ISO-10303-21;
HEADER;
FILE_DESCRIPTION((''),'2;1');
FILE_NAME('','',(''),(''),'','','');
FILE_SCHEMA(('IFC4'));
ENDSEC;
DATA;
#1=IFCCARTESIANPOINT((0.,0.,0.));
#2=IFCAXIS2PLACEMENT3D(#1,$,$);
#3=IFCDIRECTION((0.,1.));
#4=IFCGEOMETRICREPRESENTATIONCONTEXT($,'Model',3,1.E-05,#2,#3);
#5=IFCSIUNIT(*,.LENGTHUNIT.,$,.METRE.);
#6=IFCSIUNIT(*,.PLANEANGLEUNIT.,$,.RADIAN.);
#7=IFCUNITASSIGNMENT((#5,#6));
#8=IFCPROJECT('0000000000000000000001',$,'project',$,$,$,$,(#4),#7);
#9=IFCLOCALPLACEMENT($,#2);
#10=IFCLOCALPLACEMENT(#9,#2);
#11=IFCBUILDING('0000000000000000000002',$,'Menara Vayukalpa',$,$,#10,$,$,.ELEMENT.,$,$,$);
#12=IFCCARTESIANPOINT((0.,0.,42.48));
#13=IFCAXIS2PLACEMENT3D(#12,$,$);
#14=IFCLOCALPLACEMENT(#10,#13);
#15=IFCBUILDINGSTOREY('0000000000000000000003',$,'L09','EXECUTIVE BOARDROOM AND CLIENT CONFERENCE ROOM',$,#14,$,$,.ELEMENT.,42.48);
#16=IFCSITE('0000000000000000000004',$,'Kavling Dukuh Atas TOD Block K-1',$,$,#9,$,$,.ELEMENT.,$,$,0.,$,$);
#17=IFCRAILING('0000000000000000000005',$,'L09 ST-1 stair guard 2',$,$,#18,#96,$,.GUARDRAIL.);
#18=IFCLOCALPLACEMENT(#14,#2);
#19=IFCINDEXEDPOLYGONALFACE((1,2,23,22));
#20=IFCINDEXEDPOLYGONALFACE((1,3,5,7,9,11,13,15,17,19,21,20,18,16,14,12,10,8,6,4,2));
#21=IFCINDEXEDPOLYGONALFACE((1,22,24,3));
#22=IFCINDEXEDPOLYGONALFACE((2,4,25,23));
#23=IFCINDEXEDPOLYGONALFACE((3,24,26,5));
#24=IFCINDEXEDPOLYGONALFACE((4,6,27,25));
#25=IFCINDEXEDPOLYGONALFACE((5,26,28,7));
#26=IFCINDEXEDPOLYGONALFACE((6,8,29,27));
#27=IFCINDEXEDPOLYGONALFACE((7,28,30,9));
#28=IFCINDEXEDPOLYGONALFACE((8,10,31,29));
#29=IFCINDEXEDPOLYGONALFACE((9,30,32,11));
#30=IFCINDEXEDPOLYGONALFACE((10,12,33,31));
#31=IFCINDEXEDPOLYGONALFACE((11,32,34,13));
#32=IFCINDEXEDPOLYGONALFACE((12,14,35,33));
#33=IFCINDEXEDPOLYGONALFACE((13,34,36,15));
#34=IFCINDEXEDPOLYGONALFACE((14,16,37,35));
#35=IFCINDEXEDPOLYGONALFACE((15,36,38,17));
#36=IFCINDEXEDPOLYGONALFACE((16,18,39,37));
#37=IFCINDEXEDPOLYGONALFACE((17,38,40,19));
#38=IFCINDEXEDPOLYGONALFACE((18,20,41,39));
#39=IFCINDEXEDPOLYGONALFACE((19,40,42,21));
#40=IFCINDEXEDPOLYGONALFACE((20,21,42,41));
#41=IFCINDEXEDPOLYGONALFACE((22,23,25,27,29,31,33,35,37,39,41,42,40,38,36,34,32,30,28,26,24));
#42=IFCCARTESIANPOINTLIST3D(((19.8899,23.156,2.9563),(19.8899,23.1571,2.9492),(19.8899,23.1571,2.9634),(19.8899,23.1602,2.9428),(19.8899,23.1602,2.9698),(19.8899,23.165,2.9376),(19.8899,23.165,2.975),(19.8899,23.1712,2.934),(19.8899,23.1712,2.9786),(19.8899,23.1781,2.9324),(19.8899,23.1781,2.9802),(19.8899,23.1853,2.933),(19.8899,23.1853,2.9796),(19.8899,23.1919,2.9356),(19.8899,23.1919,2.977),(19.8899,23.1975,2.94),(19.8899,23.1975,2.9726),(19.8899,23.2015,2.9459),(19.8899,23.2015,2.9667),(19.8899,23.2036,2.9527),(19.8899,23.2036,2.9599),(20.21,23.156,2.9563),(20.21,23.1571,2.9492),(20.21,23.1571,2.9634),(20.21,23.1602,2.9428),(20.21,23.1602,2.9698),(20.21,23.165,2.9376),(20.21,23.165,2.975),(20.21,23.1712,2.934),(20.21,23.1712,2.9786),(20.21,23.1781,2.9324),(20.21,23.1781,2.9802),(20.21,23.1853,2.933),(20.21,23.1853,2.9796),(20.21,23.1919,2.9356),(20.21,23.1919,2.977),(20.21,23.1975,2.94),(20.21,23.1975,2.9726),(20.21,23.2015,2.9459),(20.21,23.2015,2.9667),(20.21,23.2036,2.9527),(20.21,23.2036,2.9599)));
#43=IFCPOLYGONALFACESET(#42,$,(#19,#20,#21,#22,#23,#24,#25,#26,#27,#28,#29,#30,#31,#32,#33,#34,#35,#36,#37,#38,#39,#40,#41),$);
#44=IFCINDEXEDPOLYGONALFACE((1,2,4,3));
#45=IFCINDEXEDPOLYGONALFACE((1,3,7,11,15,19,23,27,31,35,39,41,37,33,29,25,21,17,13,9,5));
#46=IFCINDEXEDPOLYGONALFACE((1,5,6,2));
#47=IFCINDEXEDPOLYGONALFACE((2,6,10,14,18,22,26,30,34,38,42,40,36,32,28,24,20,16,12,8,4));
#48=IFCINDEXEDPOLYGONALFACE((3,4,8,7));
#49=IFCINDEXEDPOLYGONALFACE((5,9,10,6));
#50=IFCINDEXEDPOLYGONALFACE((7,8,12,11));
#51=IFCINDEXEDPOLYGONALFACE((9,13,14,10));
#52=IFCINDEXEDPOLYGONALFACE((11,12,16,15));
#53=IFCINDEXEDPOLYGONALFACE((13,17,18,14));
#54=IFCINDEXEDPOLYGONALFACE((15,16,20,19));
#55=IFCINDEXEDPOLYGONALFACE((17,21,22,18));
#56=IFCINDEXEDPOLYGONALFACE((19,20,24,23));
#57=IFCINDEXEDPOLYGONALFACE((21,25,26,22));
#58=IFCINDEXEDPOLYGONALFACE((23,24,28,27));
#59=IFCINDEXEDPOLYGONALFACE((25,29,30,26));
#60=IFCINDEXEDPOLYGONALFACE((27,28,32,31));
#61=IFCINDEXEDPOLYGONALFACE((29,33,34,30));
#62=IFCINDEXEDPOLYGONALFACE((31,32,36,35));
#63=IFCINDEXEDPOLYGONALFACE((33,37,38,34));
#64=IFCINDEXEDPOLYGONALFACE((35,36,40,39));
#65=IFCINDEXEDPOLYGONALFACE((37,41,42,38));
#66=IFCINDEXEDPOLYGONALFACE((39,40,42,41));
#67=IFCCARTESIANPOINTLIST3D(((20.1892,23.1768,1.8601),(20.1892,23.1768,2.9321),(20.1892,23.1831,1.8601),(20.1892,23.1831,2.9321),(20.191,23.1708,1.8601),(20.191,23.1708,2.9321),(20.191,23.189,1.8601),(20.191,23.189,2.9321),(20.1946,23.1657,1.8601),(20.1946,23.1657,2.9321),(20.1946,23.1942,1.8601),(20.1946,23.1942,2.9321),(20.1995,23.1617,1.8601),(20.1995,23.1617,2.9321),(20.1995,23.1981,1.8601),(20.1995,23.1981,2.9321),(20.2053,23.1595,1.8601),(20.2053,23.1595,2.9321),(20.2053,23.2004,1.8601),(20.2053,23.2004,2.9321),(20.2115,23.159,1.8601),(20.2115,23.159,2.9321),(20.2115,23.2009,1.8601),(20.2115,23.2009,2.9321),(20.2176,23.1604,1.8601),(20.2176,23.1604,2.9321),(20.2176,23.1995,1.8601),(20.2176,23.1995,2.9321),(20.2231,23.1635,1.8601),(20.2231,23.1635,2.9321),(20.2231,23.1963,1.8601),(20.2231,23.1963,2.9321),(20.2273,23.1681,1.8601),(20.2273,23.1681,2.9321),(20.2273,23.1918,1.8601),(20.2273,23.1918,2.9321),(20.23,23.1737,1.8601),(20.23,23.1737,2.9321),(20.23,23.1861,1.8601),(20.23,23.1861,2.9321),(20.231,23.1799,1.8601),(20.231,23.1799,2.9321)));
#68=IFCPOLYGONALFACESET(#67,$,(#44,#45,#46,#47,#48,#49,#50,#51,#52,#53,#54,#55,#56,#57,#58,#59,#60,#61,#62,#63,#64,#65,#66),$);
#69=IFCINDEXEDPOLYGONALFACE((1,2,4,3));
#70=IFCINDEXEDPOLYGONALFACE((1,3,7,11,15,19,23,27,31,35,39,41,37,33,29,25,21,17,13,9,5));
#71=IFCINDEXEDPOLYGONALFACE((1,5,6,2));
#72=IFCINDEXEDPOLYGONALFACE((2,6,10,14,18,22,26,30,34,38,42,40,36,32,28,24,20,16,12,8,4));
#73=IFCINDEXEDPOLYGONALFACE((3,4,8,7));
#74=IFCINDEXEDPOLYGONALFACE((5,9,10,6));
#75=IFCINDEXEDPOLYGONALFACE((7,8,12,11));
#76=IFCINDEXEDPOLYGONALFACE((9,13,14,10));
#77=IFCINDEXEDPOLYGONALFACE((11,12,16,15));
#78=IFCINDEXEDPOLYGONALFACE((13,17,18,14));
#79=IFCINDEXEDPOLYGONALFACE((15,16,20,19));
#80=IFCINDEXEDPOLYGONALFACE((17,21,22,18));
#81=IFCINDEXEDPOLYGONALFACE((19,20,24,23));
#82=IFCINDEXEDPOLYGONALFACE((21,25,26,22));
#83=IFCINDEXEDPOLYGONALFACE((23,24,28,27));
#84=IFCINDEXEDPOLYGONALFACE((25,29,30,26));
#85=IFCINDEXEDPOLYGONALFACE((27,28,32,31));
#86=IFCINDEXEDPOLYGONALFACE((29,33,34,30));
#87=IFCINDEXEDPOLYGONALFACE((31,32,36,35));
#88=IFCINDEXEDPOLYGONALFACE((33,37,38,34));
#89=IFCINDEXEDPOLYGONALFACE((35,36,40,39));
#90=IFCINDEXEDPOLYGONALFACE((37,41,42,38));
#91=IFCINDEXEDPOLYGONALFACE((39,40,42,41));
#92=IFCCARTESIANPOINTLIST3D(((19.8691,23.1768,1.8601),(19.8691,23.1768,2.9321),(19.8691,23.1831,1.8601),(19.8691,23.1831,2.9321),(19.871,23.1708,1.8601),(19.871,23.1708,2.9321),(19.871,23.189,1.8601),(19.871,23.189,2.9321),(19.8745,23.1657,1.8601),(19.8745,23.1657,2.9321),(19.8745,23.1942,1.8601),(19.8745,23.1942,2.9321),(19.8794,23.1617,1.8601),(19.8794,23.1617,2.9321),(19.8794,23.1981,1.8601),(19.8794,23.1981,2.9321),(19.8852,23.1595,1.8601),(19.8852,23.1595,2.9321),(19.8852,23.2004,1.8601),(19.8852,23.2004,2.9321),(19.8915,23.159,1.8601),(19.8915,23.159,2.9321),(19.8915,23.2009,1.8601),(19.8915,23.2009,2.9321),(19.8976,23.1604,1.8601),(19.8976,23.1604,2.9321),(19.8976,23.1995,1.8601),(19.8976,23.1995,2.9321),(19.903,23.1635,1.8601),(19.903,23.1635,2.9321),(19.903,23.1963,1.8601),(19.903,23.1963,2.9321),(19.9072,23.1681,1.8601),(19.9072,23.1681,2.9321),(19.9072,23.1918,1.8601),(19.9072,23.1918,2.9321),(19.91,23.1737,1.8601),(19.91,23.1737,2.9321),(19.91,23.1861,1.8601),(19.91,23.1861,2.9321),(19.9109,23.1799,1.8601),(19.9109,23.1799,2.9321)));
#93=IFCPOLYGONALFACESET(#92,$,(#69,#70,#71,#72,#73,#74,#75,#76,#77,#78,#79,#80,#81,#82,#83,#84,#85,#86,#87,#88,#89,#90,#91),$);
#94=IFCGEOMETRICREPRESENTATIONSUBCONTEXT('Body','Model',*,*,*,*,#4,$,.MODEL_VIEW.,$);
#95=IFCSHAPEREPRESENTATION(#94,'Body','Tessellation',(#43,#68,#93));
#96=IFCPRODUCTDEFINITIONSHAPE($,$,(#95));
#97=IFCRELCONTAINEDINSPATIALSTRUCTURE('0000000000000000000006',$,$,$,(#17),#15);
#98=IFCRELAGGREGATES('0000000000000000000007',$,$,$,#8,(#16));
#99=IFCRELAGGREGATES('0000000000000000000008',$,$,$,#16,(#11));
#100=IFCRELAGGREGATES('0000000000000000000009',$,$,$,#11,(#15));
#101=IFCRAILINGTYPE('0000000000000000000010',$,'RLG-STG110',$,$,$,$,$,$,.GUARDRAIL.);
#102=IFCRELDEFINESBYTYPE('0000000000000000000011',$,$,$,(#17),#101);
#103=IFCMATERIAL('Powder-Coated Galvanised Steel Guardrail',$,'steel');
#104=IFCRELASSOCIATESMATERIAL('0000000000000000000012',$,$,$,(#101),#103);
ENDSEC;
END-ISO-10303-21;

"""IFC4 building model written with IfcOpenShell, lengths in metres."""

from ifc_helpers import new_model, si_unit, direction, frame, origin, origin_2d, place, context, subcontext, project, spatial, circle, extrude, material, type_object, element, save


model = new_model("IFC4")

# Units and contexts
model_context = context("Model", 3, precision=1e-05, world=origin(), true_north=direction((0.0, 1.0)))
body_context = subcontext(model_context, "Body", "Model", "MODEL_VIEW")
ifc_project = project(units=[si_unit("LENGTHUNIT", "METRE"), si_unit("PLANEANGLEUNIT", "RADIAN")], contexts=[model_context])

# Site, building, storey
site_placement = place(None, origin())
site = spatial("IfcSite", under=ifc_project, at=site_placement, Name="Kavling Dukuh Atas TOD Block K-1", CompositionType="ELEMENT", RefElevation=0.0)
building_placement = place(site_placement, origin())
building = spatial("IfcBuilding", under=site, at=building_placement, Name="Menara Vayukalpa", CompositionType="ELEMENT")
storey_placement = place(building_placement, frame((0.0, 0.0, 42.48)))
storey = spatial("IfcBuildingStorey", under=building, at=storey_placement, Name="L09", Description="EXECUTIVE BOARDROOM AND CLIENT CONFERENCE ROOM", CompositionType="ELEMENT", Elevation=42.48)

# Railing
ifc_material_1 = material(Name="Powder-Coated Galvanised Steel Guardrail", Category="steel")
railing_type_1 = type_object("IfcRailingType", Name="RLG-STG110", PredefinedType="GUARDRAIL", material=ifc_material_1)
railing_1_placement = place(storey_placement, frame((20.21, 23.1799, 1.8601)))
element("IfcRailing", 1, at=railing_1_placement, inside=storey, type_object=railing_type_1, Name="L09 ST-1 stair guard 2", PredefinedType="GUARDRAIL", context=body_context, shape_type="SweptSolid", body=[
    extrude(circle(Radius=0.0239, at=origin_2d()), frame((0.0, 0.0, 1.0962), z_axis=(-1.0, 0.0, 0.0), x_axis=(0.0, -1.0, 0.0)), (0.0, 0.0, 1.0), 0.3201),
    extrude(circle(Radius=0.021, at=origin_2d()), origin(), (0.0, 0.0, 1.0), 1.072),
    extrude(circle(Radius=0.021, at=origin_2d()), frame((-0.3201, 0.0, 0.0)), (0.0, 0.0, 1.0), 1.072),
])

save(model, "model.ifc")
